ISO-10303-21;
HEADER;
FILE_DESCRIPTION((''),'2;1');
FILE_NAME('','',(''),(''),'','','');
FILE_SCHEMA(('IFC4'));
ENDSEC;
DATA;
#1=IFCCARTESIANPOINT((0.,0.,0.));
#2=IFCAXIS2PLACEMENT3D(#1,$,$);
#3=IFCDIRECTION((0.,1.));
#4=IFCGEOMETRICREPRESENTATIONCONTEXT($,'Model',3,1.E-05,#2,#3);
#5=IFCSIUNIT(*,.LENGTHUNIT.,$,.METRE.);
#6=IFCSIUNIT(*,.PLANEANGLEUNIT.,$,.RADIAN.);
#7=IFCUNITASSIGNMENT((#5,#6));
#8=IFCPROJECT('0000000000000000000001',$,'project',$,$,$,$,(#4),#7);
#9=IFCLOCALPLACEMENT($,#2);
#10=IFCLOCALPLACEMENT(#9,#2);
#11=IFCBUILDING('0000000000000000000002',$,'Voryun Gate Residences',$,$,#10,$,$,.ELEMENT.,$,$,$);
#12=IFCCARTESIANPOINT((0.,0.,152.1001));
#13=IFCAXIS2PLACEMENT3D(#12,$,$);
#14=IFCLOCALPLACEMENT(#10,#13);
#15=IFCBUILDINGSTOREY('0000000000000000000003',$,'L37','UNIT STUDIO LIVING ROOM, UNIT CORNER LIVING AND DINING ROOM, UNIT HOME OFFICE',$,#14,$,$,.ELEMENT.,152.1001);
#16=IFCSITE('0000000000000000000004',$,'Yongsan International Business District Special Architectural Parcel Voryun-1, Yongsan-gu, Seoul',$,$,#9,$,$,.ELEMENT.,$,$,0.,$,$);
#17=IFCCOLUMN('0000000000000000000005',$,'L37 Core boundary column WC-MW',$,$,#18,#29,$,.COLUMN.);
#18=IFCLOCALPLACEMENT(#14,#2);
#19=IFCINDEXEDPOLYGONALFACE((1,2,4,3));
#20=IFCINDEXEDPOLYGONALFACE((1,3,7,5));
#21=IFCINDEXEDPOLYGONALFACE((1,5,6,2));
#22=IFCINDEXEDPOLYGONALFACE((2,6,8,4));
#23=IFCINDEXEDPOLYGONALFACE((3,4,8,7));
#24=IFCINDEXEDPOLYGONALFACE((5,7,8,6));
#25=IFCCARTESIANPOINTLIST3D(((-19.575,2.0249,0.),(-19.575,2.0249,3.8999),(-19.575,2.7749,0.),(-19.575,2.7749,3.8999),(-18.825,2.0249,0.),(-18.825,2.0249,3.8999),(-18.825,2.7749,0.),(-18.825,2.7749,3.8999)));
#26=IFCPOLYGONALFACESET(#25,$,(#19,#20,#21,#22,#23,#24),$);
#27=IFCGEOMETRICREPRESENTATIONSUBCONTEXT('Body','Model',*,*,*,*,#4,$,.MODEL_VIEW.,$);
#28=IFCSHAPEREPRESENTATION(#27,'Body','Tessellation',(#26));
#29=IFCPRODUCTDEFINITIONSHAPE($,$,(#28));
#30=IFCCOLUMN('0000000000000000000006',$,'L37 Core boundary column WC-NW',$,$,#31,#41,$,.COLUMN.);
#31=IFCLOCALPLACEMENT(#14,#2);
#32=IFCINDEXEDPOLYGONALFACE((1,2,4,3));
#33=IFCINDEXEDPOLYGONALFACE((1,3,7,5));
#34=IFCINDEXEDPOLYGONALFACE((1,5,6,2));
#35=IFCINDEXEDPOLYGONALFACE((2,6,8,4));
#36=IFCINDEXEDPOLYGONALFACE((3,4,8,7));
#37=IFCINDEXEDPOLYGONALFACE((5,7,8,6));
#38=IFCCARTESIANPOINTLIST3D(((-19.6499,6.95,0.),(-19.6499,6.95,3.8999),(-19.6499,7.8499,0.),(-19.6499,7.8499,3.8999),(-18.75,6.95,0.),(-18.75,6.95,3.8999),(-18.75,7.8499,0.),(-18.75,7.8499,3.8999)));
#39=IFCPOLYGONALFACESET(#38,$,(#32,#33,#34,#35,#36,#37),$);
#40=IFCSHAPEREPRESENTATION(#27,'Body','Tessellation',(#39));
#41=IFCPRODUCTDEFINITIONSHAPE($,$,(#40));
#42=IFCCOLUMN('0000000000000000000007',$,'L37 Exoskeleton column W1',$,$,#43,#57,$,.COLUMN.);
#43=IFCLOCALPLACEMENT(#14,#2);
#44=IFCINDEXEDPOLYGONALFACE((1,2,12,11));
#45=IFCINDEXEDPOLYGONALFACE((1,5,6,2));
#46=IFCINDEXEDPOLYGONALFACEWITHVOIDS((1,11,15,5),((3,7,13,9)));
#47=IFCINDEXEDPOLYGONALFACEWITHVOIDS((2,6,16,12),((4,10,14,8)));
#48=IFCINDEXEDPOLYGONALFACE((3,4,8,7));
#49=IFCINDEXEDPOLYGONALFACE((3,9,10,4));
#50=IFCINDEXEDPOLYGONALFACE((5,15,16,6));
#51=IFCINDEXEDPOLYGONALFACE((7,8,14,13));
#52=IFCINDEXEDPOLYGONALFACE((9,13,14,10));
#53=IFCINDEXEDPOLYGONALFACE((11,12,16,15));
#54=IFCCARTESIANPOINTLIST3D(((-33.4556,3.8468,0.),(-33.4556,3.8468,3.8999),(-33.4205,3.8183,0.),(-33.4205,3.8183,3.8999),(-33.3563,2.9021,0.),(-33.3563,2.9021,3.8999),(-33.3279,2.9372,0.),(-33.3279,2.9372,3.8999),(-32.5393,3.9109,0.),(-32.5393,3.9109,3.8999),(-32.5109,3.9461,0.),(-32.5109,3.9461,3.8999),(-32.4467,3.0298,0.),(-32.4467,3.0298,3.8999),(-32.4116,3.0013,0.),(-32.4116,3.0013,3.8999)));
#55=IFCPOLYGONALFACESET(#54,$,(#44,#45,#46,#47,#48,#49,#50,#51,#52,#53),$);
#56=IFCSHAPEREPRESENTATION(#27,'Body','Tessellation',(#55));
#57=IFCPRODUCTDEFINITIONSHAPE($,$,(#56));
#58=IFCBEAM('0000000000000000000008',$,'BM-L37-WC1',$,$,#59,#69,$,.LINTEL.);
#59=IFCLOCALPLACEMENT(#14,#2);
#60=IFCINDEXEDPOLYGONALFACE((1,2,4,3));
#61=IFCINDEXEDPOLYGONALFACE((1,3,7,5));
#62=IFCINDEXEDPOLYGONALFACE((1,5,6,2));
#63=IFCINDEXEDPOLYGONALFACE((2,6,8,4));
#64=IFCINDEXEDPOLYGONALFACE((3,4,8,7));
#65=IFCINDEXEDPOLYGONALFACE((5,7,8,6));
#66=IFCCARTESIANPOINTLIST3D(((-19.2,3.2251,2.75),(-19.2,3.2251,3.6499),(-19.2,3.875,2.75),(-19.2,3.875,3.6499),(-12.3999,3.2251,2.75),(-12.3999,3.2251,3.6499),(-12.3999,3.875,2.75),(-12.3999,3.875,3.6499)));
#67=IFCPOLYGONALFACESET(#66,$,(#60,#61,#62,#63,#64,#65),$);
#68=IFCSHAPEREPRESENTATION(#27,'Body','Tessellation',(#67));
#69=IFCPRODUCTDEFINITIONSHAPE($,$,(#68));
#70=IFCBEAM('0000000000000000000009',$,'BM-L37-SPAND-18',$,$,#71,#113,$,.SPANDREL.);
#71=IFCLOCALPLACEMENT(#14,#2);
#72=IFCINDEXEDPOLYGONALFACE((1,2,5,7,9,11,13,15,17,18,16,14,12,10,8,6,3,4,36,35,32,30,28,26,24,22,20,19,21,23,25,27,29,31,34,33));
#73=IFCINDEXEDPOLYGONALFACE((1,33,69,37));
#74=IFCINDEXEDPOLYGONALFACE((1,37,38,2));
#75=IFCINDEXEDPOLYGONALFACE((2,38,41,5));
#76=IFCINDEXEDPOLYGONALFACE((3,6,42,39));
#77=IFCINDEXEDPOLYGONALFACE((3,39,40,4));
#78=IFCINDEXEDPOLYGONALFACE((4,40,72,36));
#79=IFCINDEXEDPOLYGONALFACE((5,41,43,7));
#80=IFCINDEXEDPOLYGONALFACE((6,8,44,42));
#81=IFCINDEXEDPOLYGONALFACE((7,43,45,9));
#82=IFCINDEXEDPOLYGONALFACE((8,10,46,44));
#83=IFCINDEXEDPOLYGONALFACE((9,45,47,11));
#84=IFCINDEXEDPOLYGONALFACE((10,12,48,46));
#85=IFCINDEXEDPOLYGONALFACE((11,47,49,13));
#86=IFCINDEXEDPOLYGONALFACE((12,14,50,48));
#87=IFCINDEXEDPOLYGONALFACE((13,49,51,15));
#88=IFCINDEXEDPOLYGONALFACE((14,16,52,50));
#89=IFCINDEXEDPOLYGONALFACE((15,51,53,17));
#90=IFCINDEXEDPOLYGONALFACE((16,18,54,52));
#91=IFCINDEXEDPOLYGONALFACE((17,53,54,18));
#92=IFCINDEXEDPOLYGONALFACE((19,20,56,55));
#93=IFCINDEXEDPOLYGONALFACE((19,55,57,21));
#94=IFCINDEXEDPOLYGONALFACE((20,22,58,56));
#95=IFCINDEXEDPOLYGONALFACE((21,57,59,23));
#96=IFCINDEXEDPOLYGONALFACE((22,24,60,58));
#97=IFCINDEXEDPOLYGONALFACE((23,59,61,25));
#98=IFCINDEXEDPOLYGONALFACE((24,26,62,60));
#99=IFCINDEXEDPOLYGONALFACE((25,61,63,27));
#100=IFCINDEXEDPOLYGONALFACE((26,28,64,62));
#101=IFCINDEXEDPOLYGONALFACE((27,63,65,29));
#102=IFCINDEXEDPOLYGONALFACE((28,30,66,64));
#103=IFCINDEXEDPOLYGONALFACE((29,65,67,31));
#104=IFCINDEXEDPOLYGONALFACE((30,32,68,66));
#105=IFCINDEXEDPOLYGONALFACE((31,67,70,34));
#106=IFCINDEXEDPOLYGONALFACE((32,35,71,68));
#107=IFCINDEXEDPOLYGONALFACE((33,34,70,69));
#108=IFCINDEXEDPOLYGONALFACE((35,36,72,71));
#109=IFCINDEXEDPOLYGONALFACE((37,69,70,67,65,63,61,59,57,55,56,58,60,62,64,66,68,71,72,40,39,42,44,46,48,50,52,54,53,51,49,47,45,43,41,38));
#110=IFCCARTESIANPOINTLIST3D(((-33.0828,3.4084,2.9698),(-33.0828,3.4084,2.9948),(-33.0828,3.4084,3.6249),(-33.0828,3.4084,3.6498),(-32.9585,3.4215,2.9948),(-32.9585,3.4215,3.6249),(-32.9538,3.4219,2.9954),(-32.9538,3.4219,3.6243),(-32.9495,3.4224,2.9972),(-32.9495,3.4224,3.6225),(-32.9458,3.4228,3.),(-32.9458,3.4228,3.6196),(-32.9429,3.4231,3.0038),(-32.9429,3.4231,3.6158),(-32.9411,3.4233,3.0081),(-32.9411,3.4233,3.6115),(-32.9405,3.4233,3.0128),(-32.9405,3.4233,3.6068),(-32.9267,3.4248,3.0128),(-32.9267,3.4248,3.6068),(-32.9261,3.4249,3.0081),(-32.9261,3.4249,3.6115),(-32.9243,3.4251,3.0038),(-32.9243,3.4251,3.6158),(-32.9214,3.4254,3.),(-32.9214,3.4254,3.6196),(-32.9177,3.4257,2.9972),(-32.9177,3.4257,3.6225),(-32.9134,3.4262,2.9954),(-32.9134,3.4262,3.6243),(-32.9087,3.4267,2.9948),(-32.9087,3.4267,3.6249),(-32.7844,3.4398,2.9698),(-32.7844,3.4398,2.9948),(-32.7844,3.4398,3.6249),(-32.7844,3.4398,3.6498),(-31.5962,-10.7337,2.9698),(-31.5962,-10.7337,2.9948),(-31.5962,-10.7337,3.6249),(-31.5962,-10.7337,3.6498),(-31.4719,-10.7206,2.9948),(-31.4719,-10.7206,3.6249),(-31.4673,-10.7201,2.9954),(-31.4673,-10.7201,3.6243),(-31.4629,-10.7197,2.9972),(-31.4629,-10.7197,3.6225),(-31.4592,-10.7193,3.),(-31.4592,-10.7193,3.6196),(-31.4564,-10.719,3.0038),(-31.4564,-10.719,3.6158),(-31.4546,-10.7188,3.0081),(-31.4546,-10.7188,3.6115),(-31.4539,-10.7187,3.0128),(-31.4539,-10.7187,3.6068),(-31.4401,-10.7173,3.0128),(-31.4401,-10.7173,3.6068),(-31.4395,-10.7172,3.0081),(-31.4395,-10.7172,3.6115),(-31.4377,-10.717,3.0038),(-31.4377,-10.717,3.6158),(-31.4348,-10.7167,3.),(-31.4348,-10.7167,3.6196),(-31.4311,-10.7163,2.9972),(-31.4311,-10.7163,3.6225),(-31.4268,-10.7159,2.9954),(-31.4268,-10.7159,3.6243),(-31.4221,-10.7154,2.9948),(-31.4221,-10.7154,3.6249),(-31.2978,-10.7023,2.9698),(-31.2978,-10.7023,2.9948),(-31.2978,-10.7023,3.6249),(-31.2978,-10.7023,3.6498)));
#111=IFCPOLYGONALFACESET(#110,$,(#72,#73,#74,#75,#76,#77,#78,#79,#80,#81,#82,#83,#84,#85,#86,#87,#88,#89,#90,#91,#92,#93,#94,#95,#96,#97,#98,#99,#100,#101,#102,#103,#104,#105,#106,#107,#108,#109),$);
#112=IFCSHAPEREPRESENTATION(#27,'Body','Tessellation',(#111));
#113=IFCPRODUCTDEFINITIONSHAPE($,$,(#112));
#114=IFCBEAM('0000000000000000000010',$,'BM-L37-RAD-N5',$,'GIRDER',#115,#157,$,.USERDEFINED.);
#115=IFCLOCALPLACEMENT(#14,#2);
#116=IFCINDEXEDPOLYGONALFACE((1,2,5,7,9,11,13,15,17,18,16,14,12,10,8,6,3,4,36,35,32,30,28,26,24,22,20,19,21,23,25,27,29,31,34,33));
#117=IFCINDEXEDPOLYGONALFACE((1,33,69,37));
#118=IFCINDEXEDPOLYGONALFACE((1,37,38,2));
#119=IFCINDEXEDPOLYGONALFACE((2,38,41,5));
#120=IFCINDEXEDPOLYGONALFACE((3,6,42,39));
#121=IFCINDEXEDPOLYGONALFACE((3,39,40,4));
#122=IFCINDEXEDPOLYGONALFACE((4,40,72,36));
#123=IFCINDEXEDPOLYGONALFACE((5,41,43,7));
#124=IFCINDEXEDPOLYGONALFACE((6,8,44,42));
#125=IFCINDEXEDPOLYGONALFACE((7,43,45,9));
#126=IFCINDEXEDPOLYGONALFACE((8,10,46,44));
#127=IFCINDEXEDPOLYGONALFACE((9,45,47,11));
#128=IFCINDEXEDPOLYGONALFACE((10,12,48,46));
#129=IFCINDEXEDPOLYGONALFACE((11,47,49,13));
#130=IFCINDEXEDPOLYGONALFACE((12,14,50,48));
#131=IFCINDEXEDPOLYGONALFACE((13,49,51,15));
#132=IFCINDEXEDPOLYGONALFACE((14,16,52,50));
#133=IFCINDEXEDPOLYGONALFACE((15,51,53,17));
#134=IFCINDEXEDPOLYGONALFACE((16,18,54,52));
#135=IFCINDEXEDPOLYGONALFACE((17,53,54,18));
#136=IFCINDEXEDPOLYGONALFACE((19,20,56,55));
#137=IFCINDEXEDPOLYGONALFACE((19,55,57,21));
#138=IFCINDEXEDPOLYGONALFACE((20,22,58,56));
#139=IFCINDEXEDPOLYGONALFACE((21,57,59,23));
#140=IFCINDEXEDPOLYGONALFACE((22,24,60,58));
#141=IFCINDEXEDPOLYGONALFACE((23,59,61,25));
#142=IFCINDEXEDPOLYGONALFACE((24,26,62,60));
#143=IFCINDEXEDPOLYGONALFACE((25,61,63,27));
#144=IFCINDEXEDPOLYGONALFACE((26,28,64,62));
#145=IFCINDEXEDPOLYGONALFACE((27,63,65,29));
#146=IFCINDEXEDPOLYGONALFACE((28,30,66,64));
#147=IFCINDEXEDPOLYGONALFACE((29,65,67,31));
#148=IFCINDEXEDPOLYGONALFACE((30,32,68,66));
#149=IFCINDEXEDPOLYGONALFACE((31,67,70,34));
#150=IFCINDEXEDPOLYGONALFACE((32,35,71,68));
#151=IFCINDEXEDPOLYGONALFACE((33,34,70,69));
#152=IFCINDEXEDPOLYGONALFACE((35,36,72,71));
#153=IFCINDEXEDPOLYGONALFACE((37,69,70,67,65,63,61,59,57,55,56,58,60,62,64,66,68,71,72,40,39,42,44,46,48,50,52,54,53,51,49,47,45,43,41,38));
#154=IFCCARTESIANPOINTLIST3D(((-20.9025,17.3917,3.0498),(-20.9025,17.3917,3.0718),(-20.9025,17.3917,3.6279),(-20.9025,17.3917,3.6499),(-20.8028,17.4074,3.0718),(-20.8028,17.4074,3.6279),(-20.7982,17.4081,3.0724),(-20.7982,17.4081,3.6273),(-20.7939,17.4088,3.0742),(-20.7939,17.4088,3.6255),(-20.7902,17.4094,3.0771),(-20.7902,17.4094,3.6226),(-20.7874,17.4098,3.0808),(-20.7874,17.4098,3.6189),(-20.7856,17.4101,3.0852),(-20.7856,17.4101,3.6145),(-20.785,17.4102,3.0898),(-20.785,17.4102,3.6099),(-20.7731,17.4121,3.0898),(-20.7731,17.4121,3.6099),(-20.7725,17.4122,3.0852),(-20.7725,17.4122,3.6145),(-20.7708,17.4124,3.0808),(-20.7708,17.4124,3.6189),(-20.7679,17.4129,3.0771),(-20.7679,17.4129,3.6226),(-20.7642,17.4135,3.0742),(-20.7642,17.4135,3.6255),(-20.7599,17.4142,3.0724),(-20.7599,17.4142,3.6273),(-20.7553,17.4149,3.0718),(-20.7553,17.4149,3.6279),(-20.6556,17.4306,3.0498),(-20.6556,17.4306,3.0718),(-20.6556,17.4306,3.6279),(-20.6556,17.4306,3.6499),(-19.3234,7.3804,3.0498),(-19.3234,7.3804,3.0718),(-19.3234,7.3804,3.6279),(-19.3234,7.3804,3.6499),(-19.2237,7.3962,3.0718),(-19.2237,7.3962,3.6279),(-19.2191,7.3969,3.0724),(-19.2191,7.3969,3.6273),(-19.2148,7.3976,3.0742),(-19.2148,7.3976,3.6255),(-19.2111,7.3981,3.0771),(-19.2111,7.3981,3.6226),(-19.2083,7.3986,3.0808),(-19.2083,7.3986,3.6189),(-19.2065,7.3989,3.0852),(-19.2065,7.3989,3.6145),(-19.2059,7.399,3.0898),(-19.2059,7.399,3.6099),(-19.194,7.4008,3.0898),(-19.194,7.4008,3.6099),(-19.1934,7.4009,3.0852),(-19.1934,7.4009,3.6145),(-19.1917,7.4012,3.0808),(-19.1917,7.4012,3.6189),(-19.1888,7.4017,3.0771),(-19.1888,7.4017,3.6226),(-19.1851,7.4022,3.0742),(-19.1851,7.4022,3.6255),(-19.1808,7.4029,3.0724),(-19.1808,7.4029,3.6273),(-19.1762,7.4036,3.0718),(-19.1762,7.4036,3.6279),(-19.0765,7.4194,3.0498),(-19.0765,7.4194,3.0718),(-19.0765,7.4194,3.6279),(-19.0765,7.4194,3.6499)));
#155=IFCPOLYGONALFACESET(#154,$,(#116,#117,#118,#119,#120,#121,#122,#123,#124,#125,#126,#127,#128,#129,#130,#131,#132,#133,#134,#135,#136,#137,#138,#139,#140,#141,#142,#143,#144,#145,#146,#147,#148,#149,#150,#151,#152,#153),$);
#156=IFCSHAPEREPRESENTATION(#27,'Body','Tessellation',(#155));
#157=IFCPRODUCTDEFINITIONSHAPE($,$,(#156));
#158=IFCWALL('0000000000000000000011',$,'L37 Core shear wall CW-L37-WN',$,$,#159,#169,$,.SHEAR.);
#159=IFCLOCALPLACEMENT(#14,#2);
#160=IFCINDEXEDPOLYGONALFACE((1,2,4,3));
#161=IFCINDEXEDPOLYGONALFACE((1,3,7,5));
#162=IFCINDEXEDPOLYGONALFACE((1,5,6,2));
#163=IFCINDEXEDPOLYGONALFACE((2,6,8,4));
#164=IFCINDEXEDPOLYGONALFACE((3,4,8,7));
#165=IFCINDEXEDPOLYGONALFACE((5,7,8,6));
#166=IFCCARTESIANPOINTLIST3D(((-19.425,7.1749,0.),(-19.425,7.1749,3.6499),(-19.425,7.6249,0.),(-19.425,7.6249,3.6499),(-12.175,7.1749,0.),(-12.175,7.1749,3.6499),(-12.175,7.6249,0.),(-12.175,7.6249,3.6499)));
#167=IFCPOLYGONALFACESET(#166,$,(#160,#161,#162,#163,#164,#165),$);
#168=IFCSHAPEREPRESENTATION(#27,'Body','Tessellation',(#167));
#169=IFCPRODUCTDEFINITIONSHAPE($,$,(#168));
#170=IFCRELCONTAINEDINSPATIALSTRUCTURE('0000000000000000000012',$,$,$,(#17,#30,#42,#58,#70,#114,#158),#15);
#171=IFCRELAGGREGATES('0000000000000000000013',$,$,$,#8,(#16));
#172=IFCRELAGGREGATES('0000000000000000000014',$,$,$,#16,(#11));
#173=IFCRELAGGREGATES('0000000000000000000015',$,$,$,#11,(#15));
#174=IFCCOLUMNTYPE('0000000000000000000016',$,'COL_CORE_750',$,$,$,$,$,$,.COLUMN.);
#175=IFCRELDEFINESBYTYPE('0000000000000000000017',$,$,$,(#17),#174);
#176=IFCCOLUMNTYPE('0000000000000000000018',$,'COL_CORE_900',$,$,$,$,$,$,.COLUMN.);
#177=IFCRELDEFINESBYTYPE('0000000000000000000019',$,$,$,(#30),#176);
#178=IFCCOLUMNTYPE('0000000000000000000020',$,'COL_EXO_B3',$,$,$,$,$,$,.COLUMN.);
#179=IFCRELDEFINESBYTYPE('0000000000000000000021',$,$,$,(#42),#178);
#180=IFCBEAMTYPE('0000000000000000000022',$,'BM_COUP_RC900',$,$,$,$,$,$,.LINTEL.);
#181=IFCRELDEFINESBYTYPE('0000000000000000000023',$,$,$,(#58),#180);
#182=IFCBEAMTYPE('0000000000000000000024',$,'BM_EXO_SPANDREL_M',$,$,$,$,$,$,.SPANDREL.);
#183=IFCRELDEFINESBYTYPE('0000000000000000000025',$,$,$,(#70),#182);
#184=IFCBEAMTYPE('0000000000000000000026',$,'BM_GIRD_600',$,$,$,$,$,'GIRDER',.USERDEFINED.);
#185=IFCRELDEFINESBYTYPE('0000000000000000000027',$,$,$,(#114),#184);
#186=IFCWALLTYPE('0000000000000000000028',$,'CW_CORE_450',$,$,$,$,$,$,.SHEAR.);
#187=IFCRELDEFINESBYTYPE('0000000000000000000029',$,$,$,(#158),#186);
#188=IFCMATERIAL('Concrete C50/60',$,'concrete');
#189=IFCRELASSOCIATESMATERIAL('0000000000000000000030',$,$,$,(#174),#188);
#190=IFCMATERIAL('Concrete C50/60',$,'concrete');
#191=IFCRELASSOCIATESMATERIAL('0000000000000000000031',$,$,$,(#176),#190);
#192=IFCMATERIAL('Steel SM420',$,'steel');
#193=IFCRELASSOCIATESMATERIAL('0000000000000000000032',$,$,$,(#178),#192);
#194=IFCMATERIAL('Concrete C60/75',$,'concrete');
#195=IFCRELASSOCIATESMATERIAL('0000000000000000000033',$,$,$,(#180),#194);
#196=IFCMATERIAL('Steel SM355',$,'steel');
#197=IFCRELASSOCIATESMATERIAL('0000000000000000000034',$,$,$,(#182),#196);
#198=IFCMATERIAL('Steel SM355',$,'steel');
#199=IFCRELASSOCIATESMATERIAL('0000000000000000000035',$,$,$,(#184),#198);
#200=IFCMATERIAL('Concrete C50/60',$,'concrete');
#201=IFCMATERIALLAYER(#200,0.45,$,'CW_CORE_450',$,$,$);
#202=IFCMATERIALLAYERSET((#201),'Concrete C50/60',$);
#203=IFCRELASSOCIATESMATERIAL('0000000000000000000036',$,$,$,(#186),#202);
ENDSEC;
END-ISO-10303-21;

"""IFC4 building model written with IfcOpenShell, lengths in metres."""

from ifc_helpers import new_model, si_unit, direction, frame, frame_2d, origin, origin_2d, place, context, subcontext, project, spatial, rectangle, hollow_rectangle, i_section, extrude, material, layer, layer_set, material_profile, profile_set, type_object, element, save


model = new_model("IFC4")

# Units and contexts
model_context = context("Model", 3, precision=1e-05, world=origin(), true_north=direction((0.0, 1.0)))
body_context = subcontext(model_context, "Body", "Model", "MODEL_VIEW")
ifc_project = project(units=[si_unit("LENGTHUNIT", "METRE"), si_unit("PLANEANGLEUNIT", "RADIAN")], contexts=[model_context])

# Site, building, storey
site_placement = place(None, origin())
site = spatial("IfcSite", under=ifc_project, at=site_placement, Name="Yongsan International Business District Special Architectural Parcel Voryun-1, Yongsan-gu, Seoul", CompositionType="ELEMENT", RefElevation=0.0)
building_placement = place(site_placement, origin())
building = spatial("IfcBuilding", under=site, at=building_placement, Name="Voryun Gate Residences", CompositionType="ELEMENT")
storey_placement = place(building_placement, frame((0.0, 0.0, 152.1001)))
storey = spatial("IfcBuildingStorey", under=building, at=storey_placement, Name="L37", Description="UNIT STUDIO LIVING ROOM, UNIT CORNER LIVING AND DINING ROOM, UNIT HOME OFFICE", CompositionType="ELEMENT", Elevation=152.1001)

# Columns
ifc_material_1 = material(Name="Concrete C50/60", Category="concrete")
ifc_material_profile_1 = material_profile(ifc_material_1, rectangle(XDim=0.75, YDim=0.75, at=origin_2d()), Name="RC-750x750")
ifc_profile_set_1 = profile_set([ifc_material_profile_1], Name="Concrete C50/60")
column_type_1 = type_object("IfcColumnType", Name="COL_CORE_750", PredefinedType="COLUMN", material=ifc_profile_set_1)
column_1_placement = place(storey_placement, frame((-19.2, 2.3999, 0.0), z_axis=(0.0, 0.0, 1.0), x_axis=(1.0, 0.0, 0.0)))
element("IfcColumn", 1, at=column_1_placement, inside=storey, type_object=column_type_1, Name="L37 Core boundary column WC-MW", PredefinedType="COLUMN", context=body_context, shape_type="SweptSolid", body=[
    extrude(rectangle(XDim=0.75, YDim=0.75, at=origin_2d()), origin(), (0.0, 0.0, 1.0), 3.8999),
])
ifc_material_2 = material(Name="Concrete C50/60", Category="concrete")
ifc_material_profile_2 = material_profile(ifc_material_2, rectangle(XDim=0.8999, YDim=0.8999, at=origin_2d()), Name="RC-900x900")
ifc_profile_set_2 = profile_set([ifc_material_profile_2], Name="Concrete C50/60")
column_type_2 = type_object("IfcColumnType", Name="COL_CORE_900", PredefinedType="COLUMN", material=ifc_profile_set_2)
column_2_placement = place(storey_placement, frame((-19.2, 7.3999, 0.0), z_axis=(0.0, 0.0, 1.0), x_axis=(1.0, 0.0, 0.0)))
element("IfcColumn", 2, at=column_2_placement, inside=storey, type_object=column_type_2, Name="L37 Core boundary column WC-NW", PredefinedType="COLUMN", context=body_context, shape_type="SweptSolid", body=[
    extrude(rectangle(XDim=0.8999, YDim=0.8999, at=origin_2d()), origin(), (0.0, 0.0, 1.0), 3.8999),
])
ifc_material_3 = material(Name="Steel SM420", Category="steel")
ifc_material_profile_3 = material_profile(ifc_material_3, hollow_rectangle(XDim=0.95, YDim=0.95, WallThickness=0.032, at=origin_2d()), Name="BOX-950x950x32")
ifc_profile_set_3 = profile_set([ifc_material_profile_3], Name="Steel SM420")
column_type_3 = type_object("IfcColumnType", Name="COL_EXO_B3", PredefinedType="COLUMN", material=ifc_profile_set_3)
column_3_placement = place(storey_placement, frame((-32.9336, 3.4241, 0.0), z_axis=(0.0, 0.0, 1.0), x_axis=(0.994522, 0.104528, 0.0)))
element("IfcColumn", 3, at=column_3_placement, inside=storey, type_object=column_type_3, Name="L37 Exoskeleton column W1", PredefinedType="COLUMN", context=body_context, shape_type="SweptSolid", body=[
    extrude(hollow_rectangle(XDim=0.95, YDim=0.95, WallThickness=0.032, at=origin_2d()), origin(), (0.0, 0.0, 1.0), 3.8999),
])

# Beams
ifc_material_4 = material(Name="Concrete C60/75", Category="concrete")
ifc_material_profile_4 = material_profile(ifc_material_4, rectangle(XDim=0.6499, YDim=0.8999, at=origin_2d()), Name="RC-650x900")
ifc_profile_set_4 = profile_set([ifc_material_profile_4], Name="Concrete C60/75")
beam_type_1 = type_object("IfcBeamType", Name="BM_COUP_RC900", PredefinedType="LINTEL", material=ifc_profile_set_4)
beam_1_placement = place(storey_placement, frame((-19.2, 3.55, 3.2), z_axis=(1.0, 0.0, 0.0), x_axis=(0.0, 1.0, 0.0)))
element("IfcBeam", 4, at=beam_1_placement, inside=storey, type_object=beam_type_1, Name="BM-L37-WC1", PredefinedType="LINTEL", context=body_context, shape_type="SweptSolid", body=[
    extrude(rectangle(XDim=0.6499, YDim=0.8999, at=origin_2d()), origin(), (0.0, 0.0, 1.0), 6.8),
])
ifc_material_5 = material(Name="Steel SM355", Category="steel")
ifc_material_profile_5 = material_profile(ifc_material_5, i_section(OverallWidth=0.3, OverallDepth=0.6799, WebThickness=0.0139, FlangeThickness=0.0249, FilletRadius=0.0181, at=origin_2d()), Name="H-680x300x14x25")
ifc_profile_set_5 = profile_set([ifc_material_profile_5], Name="Steel SM355")
beam_type_2 = type_object("IfcBeamType", Name="BM_EXO_SPANDREL_M", PredefinedType="SPANDREL", material=ifc_profile_set_5)
beam_2_placement = place(storey_placement, frame((-32.9336, 3.4241, 3.3098), z_axis=(0.104541, -0.994521, 0.0), x_axis=(0.994521, 0.104541, 0.0)))
element("IfcBeam", 5, at=beam_2_placement, inside=storey, type_object=beam_type_2, Name="BM-L37-SPAND-18", PredefinedType="SPANDREL", context=body_context, shape_type="SweptSolid", body=[
    extrude(i_section(OverallWidth=0.3, OverallDepth=0.6799, WebThickness=0.0139, FlangeThickness=0.0249, FilletRadius=0.0181, at=origin_2d()), origin(), (0.0, 0.0, 1.0), 14.22),
])
ifc_material_6 = material(Name="Steel SM355", Category="steel")
ifc_material_profile_6 = material_profile(ifc_material_6, i_section(OverallWidth=0.25, OverallDepth=0.6001, WebThickness=0.012, FlangeThickness=0.022, FilletRadius=0.0181, at=origin_2d()), Name="H-600x250x12x22")
ifc_profile_set_6 = profile_set([ifc_material_profile_6], Name="Steel SM355")
beam_type_3 = type_object("IfcBeamType", Name="BM_GIRD_600", ElementType="GIRDER", PredefinedType="USERDEFINED", material=ifc_profile_set_6)
beam_3_placement = place(storey_placement, frame((-19.2, 7.3999, 3.3499), z_axis=(-0.155807, 0.987788, 0.0), x_axis=(-0.987788, -0.155807, 0.0)))
element("IfcBeam", 6, at=beam_3_placement, inside=storey, type_object=beam_type_3, Name="BM-L37-RAD-N5", ObjectType="GIRDER", PredefinedType="USERDEFINED", context=body_context, shape_type="SweptSolid", body=[
    extrude(i_section(OverallWidth=0.25, OverallDepth=0.6001, WebThickness=0.012, FlangeThickness=0.022, FilletRadius=0.0181, at=origin_2d()), origin(), (0.0, 0.0, 1.0), 10.135),
])

# Wall
ifc_material_7 = material(Name="Concrete C50/60", Category="concrete")
ifc_layer_1 = layer(ifc_material_7, 0.45, Name="CW_CORE_450")
ifc_layer_set_1 = layer_set([ifc_layer_1], Name="Concrete C50/60")
wall_type_1 = type_object("IfcWallType", Name="CW_CORE_450", PredefinedType="SHEAR", material=ifc_layer_set_1)
wall_1_placement = place(storey_placement, frame((-19.425, 7.3999, 0.0), z_axis=(0.0, 0.0, 1.0), x_axis=(1.0, 0.0, 0.0)))
element("IfcWall", 7, at=wall_1_placement, inside=storey, type_object=wall_type_1, Name="L37 Core shear wall CW-L37-WN", PredefinedType="SHEAR", context=body_context, shape_type="SweptSolid", body=[
    extrude(rectangle(XDim=7.25, YDim=0.45, at=frame_2d((3.625, 0.0))), origin(), (0.0, 0.0, 1.0), 3.6499),
])

save(model, "model.ifc")
